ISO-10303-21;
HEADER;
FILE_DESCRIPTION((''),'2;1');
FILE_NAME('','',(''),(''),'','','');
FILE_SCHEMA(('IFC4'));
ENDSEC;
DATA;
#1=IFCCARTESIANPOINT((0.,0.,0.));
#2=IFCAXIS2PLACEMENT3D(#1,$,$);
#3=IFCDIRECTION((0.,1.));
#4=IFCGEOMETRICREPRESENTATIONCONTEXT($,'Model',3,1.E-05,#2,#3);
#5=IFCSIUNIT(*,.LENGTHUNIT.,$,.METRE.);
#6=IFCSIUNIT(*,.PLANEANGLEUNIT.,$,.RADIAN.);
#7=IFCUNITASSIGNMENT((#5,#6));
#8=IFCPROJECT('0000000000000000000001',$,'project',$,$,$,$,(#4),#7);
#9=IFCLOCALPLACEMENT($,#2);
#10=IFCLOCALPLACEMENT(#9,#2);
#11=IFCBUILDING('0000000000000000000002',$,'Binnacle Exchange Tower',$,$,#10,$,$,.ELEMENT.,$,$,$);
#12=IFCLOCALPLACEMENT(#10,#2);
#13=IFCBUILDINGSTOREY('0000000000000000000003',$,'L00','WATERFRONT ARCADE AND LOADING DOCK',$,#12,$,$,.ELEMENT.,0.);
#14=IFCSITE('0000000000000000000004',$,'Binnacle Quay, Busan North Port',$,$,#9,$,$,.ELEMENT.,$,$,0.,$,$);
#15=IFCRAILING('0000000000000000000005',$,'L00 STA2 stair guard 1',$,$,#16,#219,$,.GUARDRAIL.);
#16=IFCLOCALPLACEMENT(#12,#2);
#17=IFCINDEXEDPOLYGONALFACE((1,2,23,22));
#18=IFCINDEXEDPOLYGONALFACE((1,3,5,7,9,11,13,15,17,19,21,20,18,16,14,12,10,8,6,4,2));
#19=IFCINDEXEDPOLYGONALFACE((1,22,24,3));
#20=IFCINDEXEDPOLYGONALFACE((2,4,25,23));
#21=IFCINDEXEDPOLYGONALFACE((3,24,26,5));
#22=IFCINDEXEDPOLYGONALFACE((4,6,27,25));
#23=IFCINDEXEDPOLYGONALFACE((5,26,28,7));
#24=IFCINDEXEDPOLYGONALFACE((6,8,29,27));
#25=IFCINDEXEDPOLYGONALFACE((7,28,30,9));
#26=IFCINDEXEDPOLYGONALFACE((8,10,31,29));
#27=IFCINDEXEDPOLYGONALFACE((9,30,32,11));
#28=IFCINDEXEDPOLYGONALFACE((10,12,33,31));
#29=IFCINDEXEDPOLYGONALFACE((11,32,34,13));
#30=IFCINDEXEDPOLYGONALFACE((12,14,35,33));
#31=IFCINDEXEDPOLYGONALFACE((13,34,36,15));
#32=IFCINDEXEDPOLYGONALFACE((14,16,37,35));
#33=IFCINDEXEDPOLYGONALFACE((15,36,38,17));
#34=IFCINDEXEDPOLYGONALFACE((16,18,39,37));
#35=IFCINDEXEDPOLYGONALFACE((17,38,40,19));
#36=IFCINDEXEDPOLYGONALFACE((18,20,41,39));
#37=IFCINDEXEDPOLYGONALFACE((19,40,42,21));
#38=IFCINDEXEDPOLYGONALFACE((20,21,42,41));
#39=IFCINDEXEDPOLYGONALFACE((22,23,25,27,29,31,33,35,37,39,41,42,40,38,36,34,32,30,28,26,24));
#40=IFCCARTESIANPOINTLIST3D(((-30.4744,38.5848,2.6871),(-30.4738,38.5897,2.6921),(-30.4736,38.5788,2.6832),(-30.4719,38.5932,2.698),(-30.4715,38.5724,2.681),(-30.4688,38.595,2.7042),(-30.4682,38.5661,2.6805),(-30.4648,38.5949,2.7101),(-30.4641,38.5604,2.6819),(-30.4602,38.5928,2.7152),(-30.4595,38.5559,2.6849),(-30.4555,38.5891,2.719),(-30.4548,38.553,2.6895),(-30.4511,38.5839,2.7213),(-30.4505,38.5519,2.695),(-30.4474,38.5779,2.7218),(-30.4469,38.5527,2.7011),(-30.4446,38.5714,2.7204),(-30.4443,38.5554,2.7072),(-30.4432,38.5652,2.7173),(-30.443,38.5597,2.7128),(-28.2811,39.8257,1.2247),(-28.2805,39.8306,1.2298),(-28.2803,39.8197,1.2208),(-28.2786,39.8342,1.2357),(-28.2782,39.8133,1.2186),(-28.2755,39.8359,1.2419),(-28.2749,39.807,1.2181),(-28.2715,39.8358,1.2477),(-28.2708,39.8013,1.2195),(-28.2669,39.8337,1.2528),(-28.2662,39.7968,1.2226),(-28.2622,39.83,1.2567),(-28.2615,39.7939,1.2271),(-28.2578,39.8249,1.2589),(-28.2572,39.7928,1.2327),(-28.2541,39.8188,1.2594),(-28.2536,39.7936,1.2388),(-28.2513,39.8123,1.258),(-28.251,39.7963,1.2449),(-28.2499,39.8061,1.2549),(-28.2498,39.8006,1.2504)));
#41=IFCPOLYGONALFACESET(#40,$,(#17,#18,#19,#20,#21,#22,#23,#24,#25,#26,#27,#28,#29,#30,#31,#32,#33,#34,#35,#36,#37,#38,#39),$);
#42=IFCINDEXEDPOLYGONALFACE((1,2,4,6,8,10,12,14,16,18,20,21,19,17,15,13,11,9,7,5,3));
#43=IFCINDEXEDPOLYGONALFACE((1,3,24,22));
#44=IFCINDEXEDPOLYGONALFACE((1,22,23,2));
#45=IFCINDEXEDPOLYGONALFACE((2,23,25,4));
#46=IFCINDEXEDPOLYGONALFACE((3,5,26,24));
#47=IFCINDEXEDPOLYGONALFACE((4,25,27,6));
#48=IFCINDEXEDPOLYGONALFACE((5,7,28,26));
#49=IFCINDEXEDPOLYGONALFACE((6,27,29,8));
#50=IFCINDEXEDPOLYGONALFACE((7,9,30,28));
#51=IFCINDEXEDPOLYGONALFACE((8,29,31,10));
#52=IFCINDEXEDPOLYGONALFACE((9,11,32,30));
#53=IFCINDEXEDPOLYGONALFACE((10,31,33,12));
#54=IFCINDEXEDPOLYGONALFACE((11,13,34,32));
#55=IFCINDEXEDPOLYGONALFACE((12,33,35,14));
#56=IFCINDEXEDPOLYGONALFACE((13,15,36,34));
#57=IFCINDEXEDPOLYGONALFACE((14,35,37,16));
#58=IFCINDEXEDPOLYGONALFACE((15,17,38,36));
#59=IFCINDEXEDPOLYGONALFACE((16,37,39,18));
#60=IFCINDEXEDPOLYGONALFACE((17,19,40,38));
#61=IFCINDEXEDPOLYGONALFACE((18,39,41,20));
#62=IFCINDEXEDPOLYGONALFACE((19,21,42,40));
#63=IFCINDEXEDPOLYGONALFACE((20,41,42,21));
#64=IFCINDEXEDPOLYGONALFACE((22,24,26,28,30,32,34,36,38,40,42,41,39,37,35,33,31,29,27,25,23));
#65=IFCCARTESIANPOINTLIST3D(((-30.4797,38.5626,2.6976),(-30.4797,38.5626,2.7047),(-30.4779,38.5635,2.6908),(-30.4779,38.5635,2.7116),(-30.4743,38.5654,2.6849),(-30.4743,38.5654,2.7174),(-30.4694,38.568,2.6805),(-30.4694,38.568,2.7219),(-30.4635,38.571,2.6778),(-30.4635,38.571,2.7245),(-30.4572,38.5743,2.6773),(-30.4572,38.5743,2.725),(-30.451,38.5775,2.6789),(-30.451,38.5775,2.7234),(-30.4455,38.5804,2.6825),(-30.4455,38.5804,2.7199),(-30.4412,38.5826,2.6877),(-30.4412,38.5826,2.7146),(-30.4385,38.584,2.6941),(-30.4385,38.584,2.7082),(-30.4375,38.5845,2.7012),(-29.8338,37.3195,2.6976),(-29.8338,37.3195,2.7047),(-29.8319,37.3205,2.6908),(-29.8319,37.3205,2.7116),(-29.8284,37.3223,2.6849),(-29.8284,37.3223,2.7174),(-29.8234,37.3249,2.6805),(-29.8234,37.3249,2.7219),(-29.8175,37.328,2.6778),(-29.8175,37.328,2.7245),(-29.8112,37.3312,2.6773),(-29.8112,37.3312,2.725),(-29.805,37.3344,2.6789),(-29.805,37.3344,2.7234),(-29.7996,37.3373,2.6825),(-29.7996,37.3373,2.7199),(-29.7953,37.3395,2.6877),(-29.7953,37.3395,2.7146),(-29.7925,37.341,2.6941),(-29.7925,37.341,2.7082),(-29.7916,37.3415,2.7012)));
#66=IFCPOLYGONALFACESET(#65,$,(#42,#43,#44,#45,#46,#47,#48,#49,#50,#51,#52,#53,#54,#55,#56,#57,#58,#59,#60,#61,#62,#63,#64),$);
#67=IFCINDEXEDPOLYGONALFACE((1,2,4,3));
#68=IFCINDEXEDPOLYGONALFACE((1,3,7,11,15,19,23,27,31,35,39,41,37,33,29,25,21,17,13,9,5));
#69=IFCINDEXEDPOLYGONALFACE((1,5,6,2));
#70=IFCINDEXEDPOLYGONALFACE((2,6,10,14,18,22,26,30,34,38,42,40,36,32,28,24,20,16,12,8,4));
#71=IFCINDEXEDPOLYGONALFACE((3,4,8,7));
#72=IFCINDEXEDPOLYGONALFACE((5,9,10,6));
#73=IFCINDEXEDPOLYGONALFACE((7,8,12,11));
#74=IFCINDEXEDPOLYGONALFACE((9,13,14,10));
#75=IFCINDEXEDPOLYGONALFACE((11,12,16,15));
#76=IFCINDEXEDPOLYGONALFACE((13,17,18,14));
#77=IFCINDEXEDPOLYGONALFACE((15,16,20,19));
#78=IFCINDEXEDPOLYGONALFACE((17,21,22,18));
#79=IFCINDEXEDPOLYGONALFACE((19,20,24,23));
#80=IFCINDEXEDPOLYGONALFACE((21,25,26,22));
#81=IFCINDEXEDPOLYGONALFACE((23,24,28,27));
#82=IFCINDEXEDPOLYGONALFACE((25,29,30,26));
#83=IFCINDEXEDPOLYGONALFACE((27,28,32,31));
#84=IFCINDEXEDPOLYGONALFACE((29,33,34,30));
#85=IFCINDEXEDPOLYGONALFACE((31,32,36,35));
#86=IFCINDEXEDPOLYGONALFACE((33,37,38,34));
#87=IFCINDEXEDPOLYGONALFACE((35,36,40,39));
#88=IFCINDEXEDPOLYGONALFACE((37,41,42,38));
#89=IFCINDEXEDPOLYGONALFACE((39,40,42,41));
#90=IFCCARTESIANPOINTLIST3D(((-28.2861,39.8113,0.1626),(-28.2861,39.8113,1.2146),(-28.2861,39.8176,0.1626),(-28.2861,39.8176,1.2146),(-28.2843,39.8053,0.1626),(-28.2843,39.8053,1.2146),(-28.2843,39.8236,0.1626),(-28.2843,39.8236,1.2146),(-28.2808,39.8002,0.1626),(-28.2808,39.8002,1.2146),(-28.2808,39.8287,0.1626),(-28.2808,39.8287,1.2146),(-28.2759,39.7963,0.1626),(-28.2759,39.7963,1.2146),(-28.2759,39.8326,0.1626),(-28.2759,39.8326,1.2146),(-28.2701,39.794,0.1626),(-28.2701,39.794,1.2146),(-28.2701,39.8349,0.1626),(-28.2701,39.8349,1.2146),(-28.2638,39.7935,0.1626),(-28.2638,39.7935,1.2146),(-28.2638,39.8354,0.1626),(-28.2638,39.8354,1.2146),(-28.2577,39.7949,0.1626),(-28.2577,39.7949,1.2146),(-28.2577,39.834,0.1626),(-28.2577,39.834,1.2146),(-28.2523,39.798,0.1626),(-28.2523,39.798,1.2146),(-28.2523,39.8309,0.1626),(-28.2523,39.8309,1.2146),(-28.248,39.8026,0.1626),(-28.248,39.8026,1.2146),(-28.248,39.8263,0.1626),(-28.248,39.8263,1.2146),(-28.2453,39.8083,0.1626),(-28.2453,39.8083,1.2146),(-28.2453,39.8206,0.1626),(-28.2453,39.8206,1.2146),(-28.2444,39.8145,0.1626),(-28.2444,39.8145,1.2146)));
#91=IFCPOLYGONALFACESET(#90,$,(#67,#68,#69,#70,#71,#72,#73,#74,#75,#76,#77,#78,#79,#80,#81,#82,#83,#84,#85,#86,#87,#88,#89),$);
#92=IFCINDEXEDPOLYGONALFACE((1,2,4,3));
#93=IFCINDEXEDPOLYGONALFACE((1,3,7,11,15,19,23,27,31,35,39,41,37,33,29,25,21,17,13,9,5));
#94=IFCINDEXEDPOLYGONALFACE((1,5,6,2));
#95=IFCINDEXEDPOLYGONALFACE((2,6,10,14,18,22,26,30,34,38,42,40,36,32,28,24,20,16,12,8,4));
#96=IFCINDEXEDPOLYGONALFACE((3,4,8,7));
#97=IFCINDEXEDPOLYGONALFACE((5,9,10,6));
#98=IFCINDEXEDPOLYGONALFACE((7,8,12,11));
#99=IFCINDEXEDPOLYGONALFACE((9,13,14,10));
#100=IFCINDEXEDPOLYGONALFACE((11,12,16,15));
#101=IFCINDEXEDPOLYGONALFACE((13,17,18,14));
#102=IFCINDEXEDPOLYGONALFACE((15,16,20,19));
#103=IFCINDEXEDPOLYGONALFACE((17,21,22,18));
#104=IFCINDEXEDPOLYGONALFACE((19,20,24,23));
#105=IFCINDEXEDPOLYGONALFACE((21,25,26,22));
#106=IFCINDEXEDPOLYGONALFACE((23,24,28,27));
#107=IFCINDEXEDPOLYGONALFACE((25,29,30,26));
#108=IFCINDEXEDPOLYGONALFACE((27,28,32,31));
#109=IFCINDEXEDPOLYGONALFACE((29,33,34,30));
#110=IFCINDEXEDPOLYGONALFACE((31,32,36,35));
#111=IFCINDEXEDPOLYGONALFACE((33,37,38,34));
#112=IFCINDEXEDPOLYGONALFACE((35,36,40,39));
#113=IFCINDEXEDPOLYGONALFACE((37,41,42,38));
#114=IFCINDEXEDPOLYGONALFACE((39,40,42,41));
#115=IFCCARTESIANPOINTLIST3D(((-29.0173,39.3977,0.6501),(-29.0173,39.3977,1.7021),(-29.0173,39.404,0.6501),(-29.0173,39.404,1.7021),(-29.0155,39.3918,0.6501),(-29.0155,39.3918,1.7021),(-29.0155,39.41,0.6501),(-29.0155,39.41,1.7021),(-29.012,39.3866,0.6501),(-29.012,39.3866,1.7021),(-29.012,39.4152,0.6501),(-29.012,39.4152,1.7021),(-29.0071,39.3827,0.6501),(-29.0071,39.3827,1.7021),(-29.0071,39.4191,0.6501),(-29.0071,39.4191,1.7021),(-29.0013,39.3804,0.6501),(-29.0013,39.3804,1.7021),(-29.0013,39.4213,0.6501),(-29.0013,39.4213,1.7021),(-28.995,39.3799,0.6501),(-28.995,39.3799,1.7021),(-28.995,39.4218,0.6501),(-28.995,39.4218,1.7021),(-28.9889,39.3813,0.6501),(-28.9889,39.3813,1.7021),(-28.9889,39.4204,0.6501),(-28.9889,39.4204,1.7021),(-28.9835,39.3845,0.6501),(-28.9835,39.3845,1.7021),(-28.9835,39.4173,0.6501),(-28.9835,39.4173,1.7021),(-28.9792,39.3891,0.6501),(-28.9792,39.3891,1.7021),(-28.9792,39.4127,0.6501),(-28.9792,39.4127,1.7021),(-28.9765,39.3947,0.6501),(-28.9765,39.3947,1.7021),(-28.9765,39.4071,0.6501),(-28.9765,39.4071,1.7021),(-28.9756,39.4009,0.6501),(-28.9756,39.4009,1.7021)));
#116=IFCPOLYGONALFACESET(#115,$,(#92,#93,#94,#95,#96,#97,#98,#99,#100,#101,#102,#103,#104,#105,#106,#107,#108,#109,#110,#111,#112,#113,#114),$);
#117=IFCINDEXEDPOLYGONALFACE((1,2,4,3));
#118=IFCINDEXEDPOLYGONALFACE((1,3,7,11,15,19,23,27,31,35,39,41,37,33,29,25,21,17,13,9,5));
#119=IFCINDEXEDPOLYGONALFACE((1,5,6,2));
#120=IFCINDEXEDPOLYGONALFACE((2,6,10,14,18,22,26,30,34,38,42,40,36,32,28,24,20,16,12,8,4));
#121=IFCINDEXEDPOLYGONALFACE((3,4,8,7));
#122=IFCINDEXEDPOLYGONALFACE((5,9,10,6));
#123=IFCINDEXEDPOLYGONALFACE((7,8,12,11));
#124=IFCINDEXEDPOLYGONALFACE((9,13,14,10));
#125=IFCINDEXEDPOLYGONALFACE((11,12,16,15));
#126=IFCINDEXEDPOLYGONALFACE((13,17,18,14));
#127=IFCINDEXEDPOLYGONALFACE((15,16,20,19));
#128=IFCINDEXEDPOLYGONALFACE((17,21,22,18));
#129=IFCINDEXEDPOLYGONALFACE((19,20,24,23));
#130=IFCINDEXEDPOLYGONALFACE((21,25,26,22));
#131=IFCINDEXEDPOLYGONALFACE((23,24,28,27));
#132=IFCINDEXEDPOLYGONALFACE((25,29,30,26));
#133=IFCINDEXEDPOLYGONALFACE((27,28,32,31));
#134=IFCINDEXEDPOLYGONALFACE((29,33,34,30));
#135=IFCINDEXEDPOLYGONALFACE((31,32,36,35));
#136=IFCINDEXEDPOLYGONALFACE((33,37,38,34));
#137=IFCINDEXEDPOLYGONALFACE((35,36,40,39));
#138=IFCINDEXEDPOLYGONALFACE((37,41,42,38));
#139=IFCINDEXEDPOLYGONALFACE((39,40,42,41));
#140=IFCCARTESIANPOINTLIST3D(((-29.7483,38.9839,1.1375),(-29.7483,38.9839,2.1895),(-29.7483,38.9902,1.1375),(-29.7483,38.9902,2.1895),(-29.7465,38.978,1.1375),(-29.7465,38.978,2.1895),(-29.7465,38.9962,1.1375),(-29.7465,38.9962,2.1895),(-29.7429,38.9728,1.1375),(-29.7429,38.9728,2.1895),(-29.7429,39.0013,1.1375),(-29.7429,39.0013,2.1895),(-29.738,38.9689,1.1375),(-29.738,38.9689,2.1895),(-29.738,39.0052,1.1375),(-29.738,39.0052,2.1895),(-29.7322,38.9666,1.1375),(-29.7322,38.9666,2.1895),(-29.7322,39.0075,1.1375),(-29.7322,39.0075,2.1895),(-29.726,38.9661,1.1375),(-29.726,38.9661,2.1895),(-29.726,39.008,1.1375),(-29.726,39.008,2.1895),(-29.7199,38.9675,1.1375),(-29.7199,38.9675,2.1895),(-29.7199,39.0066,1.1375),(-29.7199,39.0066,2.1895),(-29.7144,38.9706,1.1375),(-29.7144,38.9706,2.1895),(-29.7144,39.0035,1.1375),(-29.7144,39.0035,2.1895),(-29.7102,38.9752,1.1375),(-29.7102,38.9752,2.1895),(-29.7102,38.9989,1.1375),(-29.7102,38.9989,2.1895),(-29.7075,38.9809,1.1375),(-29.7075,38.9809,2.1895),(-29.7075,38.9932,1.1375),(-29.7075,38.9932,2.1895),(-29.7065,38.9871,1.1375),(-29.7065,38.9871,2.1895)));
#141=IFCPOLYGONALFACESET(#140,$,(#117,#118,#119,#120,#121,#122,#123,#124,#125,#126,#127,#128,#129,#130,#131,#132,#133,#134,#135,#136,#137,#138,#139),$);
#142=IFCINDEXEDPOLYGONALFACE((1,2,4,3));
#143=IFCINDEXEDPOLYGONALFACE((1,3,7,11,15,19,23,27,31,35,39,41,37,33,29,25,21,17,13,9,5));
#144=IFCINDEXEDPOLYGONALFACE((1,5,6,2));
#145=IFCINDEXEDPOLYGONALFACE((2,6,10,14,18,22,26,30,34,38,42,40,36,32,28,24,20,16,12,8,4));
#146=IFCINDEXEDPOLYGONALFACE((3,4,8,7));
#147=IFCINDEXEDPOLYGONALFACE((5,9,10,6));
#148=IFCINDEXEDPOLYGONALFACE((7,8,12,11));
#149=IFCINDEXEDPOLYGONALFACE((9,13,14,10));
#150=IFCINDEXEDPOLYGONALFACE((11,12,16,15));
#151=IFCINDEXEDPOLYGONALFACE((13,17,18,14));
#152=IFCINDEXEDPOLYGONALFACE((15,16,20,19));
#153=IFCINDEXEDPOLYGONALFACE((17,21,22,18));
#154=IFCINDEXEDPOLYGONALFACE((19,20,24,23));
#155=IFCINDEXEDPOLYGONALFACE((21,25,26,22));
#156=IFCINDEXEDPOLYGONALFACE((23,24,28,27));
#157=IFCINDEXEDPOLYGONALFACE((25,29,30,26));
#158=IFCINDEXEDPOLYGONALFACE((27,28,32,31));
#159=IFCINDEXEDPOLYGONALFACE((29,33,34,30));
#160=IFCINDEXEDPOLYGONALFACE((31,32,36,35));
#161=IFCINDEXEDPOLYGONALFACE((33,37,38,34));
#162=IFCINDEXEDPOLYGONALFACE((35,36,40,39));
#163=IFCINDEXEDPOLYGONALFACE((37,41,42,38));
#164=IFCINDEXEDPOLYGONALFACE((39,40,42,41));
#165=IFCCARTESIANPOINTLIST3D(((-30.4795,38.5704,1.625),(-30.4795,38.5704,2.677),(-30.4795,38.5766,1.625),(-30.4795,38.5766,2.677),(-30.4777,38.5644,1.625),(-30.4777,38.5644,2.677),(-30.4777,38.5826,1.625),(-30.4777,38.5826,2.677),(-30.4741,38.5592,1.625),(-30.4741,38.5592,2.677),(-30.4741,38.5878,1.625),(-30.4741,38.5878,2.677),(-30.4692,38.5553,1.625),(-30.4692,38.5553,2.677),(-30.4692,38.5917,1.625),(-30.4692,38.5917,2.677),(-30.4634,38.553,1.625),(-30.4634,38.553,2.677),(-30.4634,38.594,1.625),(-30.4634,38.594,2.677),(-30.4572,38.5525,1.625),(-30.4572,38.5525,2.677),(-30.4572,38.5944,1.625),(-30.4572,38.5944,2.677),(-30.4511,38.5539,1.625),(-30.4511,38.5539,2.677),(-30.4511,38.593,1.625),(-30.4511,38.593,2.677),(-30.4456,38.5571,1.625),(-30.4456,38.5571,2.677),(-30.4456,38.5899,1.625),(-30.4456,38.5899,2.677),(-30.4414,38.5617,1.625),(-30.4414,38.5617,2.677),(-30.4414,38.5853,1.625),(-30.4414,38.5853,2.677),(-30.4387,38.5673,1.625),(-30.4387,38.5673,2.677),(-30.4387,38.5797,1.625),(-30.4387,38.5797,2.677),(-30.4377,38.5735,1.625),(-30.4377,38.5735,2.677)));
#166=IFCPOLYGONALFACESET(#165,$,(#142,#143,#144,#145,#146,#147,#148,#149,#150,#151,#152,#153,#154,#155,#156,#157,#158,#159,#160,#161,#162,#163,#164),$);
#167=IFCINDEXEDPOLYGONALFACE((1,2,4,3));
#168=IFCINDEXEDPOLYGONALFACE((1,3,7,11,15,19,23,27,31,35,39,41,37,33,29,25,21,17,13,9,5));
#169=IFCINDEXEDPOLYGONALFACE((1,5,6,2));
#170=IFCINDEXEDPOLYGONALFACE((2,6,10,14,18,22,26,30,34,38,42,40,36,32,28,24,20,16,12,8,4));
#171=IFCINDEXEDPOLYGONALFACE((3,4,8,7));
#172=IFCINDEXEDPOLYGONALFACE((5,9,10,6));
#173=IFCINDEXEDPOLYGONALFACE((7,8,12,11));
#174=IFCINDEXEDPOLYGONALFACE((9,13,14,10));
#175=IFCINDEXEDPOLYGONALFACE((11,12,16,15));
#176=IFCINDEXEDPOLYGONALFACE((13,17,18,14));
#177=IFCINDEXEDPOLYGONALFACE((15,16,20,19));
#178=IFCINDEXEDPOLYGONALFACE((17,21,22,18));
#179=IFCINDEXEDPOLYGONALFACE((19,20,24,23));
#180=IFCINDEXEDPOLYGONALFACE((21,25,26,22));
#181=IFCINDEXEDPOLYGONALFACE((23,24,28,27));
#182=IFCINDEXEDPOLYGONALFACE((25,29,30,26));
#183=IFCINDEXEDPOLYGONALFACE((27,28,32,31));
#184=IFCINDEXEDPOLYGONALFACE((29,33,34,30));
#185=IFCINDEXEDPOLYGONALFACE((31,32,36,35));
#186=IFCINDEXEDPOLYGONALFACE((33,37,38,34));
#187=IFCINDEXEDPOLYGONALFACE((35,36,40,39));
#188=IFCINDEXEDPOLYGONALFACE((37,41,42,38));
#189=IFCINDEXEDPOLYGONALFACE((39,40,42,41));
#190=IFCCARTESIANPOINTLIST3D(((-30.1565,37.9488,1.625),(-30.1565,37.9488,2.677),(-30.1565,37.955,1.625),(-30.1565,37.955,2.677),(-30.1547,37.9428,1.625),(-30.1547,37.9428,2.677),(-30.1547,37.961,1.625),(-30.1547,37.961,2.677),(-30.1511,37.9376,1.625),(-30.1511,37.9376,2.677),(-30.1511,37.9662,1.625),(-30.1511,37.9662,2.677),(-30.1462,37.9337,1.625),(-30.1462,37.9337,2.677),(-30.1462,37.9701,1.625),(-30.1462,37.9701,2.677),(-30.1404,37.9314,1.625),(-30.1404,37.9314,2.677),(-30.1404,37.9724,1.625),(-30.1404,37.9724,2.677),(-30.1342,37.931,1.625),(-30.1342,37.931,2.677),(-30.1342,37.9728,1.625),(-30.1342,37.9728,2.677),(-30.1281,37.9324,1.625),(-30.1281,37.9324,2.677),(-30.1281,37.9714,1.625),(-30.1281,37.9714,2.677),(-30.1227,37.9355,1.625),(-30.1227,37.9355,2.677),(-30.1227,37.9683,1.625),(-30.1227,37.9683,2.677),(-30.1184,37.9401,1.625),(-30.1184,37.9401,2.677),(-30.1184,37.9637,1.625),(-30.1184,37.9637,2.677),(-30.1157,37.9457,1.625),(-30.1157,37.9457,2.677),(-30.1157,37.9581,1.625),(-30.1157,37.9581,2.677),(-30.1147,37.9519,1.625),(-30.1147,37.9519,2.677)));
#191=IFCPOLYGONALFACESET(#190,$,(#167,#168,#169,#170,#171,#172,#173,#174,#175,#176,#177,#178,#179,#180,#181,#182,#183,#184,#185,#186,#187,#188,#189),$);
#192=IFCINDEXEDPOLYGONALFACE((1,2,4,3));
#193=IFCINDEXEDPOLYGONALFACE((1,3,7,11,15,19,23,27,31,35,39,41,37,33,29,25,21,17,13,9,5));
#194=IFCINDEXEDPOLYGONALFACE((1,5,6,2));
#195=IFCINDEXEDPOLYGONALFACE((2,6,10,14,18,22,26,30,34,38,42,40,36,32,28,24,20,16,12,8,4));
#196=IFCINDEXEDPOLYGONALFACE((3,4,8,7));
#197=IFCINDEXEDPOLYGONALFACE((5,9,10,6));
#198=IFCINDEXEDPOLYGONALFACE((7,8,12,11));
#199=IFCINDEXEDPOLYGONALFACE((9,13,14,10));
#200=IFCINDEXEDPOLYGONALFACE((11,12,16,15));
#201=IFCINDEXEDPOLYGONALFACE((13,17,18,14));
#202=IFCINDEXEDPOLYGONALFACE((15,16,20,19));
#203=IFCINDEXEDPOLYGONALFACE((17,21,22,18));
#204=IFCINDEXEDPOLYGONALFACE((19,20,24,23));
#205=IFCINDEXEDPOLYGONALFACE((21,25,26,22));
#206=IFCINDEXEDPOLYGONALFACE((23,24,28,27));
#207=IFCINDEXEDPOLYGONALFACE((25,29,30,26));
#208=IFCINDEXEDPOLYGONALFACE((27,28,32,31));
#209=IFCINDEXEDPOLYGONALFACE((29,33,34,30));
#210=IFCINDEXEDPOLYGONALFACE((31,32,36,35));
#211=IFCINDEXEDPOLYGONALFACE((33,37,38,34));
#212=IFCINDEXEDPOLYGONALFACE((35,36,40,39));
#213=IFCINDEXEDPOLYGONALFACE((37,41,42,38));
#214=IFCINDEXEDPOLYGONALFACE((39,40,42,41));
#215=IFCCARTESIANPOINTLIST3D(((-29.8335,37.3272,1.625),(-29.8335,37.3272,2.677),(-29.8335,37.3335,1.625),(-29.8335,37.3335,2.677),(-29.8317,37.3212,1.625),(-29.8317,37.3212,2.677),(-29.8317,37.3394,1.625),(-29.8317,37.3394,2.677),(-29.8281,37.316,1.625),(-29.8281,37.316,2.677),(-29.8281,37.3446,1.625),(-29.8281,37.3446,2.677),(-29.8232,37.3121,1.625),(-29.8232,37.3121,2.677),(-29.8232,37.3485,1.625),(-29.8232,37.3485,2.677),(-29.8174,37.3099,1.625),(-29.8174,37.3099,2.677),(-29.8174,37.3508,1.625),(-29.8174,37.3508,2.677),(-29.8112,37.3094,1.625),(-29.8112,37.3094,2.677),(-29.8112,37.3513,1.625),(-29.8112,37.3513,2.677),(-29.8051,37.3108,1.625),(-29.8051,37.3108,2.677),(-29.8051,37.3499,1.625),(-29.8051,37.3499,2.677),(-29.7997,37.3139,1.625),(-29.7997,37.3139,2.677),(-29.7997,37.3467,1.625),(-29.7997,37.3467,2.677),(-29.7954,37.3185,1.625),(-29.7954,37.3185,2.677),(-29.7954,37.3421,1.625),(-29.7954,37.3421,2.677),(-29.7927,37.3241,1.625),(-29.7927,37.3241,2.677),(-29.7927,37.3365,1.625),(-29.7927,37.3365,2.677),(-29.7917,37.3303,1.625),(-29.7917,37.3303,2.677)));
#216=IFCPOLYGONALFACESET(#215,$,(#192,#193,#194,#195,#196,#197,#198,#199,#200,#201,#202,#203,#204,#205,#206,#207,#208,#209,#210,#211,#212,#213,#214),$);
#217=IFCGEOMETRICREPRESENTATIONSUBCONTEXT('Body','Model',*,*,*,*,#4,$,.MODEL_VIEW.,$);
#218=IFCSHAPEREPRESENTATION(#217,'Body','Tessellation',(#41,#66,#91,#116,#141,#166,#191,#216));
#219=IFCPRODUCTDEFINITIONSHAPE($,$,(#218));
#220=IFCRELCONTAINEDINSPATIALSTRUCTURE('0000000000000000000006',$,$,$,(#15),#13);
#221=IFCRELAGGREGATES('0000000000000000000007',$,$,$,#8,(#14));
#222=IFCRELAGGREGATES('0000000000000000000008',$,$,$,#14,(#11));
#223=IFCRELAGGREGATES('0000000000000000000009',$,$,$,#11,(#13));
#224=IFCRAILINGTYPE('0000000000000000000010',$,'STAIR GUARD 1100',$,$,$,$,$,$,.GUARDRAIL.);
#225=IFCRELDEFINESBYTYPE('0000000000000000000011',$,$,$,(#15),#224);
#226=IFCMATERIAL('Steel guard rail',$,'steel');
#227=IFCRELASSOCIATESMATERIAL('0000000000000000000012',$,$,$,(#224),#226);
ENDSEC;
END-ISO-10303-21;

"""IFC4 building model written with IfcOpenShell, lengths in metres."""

from ifc_helpers import new_model, si_unit, direction, frame, origin, origin_2d, place, context, subcontext, project, spatial, circle, extrude, material, type_object, element, save


model = new_model("IFC4")

# Units and contexts
model_context = context("Model", 3, precision=1e-05, world=origin(), true_north=direction((0.0, 1.0)))
body_context = subcontext(model_context, "Body", "Model", "MODEL_VIEW")
ifc_project = project(units=[si_unit("LENGTHUNIT", "METRE"), si_unit("PLANEANGLEUNIT", "RADIAN")], contexts=[model_context])

# Site, building, storey
site_placement = place(None, origin())
site = spatial("IfcSite", under=ifc_project, at=site_placement, Name="Binnacle Quay, Busan North Port", CompositionType="ELEMENT", RefElevation=0.0)
building_placement = place(site_placement, origin())
building = spatial("IfcBuilding", under=site, at=building_placement, Name="Binnacle Exchange Tower", CompositionType="ELEMENT")
storey_placement = place(building_placement, origin())
storey = spatial("IfcBuildingStorey", under=building, at=storey_placement, Name="L00", Description="WATERFRONT ARCADE AND LOADING DOCK", CompositionType="ELEMENT", Elevation=0.0)

# Railing
ifc_material_1 = material(Name="Steel guard rail", Category="steel")
railing_type = type_object("IfcRailingType", Name="STAIR GUARD 1100", PredefinedType="GUARDRAIL", material=ifc_material_1)
railing_1_placement = place(storey_placement, frame((-28.2654, 39.8145, 0.1626)))
element("IfcRailing", 1, at=railing_1_placement, inside=storey, type_object=railing_type, Name="L00 STA2 stair guard 1", PredefinedType="GUARDRAIL", context=body_context, shape_type="SweptSolid", body=[
    extrude(circle(Radius=0.0239, at=origin_2d()), frame((0.0, 0.0, 1.0762), z_axis=(-0.752784, -0.425913, 0.501912), x_axis=(0.492431, -0.870352, 0.0)), (0.0, 0.0, 1.0), 2.9136),
    extrude(circle(Radius=0.0239, at=origin_2d()), frame((-2.1934, -1.241, 2.5386), z_axis=(0.4611, -0.887348, 0.0), x_axis=(0.887348, 0.4611, 0.0)), (0.0, 0.0, 1.0), 1.4009),
    extrude(circle(Radius=0.021, at=origin_2d()), origin(), (0.0, 0.0, 1.0), 1.052),
    extrude(circle(Radius=0.021, at=origin_2d()), frame((-0.7312, -0.4136, 0.4875)), (0.0, 0.0, 1.0), 1.052),
    extrude(circle(Radius=0.021, at=origin_2d()), frame((-1.4622, -0.8274, 0.9749)), (0.0, 0.0, 1.0), 1.052),
    extrude(circle(Radius=0.021, at=origin_2d()), frame((-2.1934, -1.241, 1.4624)), (0.0, 0.0, 1.0), 1.052),
    extrude(circle(Radius=0.021, at=origin_2d()), frame((-1.8704, -1.8625, 1.4624)), (0.0, 0.0, 1.0), 1.052),
    extrude(circle(Radius=0.021, at=origin_2d()), frame((-1.5474, -2.4841, 1.4624)), (0.0, 0.0, 1.0), 1.052),
])

save(model, "model.ifc")
